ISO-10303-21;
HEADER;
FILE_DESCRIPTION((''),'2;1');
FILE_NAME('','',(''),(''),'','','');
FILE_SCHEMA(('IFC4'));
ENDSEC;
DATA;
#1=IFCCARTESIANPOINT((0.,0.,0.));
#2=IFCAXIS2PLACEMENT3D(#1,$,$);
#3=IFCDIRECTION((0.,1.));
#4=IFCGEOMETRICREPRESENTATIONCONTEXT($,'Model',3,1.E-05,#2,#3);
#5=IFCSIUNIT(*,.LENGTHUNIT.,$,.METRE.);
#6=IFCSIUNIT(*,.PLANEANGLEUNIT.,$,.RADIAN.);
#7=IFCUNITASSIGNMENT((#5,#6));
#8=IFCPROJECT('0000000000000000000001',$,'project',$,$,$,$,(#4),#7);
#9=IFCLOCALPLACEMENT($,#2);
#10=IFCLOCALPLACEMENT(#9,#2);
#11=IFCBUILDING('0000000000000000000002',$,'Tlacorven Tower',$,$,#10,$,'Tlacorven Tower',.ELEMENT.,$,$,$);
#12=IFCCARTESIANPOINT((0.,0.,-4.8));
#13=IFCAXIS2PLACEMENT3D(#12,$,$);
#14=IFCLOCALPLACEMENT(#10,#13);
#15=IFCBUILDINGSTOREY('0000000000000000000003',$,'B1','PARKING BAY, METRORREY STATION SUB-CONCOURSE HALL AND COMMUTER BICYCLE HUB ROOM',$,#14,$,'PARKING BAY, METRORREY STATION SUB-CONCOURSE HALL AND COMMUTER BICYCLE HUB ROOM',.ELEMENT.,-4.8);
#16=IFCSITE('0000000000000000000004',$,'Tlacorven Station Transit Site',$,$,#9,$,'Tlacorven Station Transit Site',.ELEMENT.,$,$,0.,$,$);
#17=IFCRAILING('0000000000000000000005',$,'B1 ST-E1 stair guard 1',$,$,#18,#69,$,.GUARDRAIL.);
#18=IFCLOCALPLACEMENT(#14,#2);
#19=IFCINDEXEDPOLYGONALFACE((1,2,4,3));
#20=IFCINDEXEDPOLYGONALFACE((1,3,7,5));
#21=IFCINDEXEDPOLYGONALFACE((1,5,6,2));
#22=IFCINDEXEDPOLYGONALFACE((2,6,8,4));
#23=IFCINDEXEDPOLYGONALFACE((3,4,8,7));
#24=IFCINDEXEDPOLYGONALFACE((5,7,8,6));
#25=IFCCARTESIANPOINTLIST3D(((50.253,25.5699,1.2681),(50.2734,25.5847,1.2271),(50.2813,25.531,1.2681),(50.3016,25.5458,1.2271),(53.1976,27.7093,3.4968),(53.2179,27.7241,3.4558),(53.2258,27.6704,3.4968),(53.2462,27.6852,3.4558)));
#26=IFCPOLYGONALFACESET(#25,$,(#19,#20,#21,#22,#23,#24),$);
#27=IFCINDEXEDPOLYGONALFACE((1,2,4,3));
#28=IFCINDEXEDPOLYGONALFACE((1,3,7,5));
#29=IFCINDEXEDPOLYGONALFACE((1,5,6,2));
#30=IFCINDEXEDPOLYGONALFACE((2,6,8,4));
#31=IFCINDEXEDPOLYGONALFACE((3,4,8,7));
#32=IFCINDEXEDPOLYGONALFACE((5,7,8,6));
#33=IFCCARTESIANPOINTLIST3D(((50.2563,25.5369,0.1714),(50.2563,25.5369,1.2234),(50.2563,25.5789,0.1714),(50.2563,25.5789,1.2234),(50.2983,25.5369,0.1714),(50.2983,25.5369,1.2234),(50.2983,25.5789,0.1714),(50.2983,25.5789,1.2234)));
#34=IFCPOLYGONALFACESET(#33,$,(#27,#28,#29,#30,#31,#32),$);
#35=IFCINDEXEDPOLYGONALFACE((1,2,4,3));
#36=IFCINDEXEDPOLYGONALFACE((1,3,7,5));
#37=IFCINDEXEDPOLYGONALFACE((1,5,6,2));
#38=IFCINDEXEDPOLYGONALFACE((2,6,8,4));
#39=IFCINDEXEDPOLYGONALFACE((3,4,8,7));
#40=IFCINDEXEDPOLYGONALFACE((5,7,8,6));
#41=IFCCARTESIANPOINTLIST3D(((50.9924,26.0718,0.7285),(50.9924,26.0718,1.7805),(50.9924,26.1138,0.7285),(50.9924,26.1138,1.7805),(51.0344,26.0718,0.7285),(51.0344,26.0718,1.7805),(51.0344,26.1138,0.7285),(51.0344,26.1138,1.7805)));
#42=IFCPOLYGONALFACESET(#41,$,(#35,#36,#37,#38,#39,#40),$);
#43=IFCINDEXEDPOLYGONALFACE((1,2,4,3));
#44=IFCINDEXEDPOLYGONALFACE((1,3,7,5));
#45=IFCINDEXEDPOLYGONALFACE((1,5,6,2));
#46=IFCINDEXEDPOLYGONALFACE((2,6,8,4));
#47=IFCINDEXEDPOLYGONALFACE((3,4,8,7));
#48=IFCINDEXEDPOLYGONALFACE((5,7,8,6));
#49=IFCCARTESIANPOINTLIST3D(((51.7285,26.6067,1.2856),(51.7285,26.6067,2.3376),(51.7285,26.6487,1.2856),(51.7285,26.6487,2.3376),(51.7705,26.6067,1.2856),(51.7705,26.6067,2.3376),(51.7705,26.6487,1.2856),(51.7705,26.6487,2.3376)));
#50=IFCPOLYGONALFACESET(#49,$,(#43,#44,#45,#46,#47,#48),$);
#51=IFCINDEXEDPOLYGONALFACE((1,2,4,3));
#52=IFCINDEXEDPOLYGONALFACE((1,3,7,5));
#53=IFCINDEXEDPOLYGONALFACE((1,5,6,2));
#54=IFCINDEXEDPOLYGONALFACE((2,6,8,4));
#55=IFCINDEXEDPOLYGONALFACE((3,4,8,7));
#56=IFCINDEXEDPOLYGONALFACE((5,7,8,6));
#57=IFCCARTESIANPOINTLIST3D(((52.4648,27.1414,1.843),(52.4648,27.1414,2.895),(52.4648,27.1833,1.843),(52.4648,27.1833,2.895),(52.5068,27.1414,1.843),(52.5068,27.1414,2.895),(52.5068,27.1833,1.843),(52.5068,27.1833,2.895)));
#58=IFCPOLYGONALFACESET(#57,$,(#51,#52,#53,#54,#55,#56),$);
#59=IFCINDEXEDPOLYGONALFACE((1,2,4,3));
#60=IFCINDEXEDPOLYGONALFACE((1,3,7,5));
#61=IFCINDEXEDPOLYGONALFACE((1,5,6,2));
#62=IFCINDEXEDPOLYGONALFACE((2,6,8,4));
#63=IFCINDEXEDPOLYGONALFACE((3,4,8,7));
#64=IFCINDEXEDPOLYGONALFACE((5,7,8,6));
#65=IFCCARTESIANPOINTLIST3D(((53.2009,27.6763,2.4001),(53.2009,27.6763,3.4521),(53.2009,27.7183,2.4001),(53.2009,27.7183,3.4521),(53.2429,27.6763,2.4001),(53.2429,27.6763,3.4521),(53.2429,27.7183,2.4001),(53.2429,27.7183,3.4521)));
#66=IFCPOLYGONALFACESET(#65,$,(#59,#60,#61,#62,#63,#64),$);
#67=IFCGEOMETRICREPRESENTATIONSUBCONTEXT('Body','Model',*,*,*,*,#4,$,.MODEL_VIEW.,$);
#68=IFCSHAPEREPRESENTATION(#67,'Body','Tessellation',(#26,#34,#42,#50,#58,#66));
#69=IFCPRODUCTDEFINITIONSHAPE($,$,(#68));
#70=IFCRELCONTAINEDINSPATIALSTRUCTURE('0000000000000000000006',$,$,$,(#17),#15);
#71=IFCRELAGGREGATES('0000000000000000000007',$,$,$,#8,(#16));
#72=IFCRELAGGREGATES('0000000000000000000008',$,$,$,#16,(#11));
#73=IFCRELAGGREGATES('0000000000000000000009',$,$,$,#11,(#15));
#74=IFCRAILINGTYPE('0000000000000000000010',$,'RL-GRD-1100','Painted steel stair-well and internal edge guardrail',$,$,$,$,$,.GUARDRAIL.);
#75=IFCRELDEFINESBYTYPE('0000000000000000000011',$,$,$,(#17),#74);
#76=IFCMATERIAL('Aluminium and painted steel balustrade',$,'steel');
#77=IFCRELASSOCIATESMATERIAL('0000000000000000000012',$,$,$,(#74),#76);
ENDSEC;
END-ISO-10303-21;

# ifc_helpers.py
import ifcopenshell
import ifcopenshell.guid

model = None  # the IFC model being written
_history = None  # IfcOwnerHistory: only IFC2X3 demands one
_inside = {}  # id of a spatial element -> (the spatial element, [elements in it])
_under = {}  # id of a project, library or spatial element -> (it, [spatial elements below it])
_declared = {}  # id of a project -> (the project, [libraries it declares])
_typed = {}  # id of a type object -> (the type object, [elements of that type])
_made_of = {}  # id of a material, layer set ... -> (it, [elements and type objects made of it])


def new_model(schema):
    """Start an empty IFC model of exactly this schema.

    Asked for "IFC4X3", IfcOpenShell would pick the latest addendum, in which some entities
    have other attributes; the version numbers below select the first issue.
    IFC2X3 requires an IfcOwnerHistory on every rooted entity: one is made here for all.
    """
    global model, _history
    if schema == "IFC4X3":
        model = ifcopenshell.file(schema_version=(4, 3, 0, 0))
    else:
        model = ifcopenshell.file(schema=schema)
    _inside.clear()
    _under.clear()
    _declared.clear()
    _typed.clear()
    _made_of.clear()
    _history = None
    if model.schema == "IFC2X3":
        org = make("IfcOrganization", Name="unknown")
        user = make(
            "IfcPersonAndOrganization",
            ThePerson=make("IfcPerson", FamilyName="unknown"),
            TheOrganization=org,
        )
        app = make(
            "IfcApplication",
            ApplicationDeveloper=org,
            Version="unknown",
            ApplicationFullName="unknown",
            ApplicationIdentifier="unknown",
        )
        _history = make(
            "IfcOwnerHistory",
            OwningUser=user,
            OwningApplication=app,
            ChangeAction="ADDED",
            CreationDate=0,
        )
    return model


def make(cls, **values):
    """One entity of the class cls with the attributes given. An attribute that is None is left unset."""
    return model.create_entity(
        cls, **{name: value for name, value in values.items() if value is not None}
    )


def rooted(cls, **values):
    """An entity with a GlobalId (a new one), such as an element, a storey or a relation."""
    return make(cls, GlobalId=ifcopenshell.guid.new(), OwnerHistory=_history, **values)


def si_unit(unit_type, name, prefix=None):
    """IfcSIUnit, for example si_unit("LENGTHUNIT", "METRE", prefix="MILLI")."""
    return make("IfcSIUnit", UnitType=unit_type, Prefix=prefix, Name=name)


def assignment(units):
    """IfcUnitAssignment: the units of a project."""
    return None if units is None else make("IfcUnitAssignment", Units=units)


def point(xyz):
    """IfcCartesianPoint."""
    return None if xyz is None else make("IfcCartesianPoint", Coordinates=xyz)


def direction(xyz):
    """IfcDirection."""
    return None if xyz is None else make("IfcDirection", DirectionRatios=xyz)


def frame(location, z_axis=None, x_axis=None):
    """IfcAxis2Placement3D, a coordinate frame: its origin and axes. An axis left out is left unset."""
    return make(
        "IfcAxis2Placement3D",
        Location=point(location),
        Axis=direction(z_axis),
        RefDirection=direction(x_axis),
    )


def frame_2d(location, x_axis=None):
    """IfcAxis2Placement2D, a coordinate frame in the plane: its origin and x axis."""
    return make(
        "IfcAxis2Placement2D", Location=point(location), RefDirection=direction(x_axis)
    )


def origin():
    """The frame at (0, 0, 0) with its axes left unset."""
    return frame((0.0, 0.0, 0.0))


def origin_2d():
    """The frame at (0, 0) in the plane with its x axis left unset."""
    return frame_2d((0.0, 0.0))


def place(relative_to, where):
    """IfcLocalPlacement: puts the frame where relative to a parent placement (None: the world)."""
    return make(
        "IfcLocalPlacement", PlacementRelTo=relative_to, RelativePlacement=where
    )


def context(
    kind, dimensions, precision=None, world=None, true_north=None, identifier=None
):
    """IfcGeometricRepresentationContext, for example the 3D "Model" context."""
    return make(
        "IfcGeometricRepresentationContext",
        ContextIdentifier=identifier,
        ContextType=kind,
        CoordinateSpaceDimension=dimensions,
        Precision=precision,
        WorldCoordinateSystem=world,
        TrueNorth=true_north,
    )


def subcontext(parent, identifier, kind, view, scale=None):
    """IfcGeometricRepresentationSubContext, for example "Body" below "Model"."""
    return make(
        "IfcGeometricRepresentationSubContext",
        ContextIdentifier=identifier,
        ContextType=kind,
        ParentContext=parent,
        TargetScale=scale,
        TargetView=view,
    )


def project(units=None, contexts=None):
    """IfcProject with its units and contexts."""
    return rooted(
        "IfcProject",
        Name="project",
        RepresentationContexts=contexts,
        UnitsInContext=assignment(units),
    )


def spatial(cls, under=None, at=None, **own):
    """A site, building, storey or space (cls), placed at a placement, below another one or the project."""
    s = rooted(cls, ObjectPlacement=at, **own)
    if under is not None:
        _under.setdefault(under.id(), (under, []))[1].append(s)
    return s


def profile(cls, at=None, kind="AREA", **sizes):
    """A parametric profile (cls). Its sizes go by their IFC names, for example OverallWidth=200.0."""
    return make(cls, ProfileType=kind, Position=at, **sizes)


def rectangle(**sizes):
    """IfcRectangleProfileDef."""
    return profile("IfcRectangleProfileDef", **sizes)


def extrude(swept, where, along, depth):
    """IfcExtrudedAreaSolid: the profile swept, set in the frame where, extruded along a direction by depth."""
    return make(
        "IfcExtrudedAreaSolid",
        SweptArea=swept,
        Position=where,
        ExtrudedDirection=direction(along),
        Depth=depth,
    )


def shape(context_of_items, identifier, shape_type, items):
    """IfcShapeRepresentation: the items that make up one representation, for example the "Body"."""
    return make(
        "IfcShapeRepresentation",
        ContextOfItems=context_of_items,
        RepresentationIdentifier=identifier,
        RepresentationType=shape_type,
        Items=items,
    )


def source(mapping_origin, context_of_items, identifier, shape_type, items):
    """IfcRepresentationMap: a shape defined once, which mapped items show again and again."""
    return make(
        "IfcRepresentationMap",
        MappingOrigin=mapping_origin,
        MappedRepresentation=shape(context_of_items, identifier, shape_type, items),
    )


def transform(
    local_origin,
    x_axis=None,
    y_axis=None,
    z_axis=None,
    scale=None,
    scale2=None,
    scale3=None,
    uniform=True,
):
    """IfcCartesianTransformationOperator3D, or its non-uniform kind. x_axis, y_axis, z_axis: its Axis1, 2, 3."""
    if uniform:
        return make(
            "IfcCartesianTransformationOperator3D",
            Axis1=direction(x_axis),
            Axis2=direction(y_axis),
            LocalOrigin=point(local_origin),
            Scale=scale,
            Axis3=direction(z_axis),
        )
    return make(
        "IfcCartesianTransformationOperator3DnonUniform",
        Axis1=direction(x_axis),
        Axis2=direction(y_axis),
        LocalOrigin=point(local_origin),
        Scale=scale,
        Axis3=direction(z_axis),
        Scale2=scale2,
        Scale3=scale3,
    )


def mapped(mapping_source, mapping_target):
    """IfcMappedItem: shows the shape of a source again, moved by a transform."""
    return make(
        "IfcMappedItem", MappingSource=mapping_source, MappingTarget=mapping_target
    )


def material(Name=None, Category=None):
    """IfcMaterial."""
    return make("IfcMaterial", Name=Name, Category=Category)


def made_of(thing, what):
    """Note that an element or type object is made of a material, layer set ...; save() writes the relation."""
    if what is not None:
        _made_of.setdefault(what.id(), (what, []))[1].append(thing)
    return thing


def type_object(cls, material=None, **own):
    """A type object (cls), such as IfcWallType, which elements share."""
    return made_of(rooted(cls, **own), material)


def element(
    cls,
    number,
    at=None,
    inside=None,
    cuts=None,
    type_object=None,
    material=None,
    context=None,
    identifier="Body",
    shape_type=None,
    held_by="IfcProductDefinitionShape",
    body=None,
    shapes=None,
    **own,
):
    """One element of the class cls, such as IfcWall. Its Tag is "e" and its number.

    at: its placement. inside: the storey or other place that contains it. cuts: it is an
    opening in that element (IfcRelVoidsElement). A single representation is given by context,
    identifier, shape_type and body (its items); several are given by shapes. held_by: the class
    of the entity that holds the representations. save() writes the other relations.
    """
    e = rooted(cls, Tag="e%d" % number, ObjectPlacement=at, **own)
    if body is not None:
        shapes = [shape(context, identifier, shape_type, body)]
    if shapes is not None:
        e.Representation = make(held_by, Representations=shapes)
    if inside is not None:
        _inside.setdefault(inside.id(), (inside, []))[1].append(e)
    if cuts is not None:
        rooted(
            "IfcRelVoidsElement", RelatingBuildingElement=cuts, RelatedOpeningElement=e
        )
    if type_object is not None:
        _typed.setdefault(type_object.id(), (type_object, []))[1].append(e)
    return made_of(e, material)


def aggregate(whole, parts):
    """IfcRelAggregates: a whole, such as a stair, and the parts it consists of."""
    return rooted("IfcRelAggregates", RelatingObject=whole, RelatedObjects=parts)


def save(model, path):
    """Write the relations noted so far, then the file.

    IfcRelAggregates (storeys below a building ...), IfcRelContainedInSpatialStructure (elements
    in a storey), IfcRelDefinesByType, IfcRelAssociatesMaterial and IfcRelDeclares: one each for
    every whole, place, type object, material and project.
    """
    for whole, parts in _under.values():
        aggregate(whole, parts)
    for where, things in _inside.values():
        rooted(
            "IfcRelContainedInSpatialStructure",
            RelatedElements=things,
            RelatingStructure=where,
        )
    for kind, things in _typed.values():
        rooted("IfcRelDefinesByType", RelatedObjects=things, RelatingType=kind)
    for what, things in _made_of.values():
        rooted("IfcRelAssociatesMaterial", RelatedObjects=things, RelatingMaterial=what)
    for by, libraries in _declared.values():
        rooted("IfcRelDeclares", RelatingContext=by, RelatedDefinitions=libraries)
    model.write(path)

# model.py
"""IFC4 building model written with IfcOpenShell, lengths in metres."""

from ifc_helpers import new_model, si_unit, direction, frame, origin, origin_2d, place, context, subcontext, project, spatial, rectangle, extrude, source, transform, mapped, material, type_object, element, save


model = new_model("IFC4")

# Units and contexts
model_context = context("Model", 3, precision=1e-05, world=origin(), true_north=direction((0.0, 1.0)))
body_context = subcontext(model_context, "Body", "Model", "MODEL_VIEW")
ifc_project = project(units=[si_unit("LENGTHUNIT", "METRE"), si_unit("PLANEANGLEUNIT", "RADIAN")], contexts=[model_context])

# Site, building, storey
site_placement = place(None, origin())
site = spatial("IfcSite", under=ifc_project, at=site_placement, Name="Tlacorven Station Transit Site", LongName="Tlacorven Station Transit Site", CompositionType="ELEMENT", RefElevation=0.0)
building_placement = place(site_placement, origin())
building = spatial("IfcBuilding", under=site, at=building_placement, Name="Tlacorven Tower", LongName="Tlacorven Tower", CompositionType="ELEMENT")
storey_placement = place(building_placement, frame((0.0, 0.0, -4.8)))
storey = spatial("IfcBuildingStorey", under=building, at=storey_placement, Name="B1", Description="PARKING BAY, METRORREY STATION SUB-CONCOURSE HALL AND COMMUTER BICYCLE HUB ROOM", LongName="PARKING BAY, METRORREY STATION SUB-CONCOURSE HALL AND COMMUTER BICYCLE HUB ROOM", CompositionType="ELEMENT", Elevation=-4.8)

# Railing
ifc_material_1 = material(Name="Aluminium and painted steel balustrade", Category="steel")
railing_type_1 = type_object("IfcRailingType", Name="RL-GRD-1100", Description="Painted steel stair-well and internal edge guardrail", PredefinedType="GUARDRAIL", material=ifc_material_1)
shared_shape_1 = source(origin(), body_context, "Body", "SweptSolid", [
    extrude(rectangle(XDim=0.0481, YDim=0.0481, at=origin_2d()), frame((0.0, 0.0, 1.0762), z_axis=(0.689936, 0.501278, 0.522215), x_axis=(-0.587793, 0.809012, 0.0)), (0.0, 0.0, 1.0), 4.2678),
    extrude(rectangle(XDim=0.042, YDim=0.042, at=origin_2d()), origin(), (0.0, 0.0, 1.0), 1.052),
    extrude(rectangle(XDim=0.042, YDim=0.042, at=origin_2d()), frame((0.7361, 0.5349, 0.5571)), (0.0, 0.0, 1.0), 1.052),
    extrude(rectangle(XDim=0.042, YDim=0.042, at=origin_2d()), frame((1.4722, 1.0698, 1.1143)), (0.0, 0.0, 1.0), 1.052),
    extrude(rectangle(XDim=0.042, YDim=0.042, at=origin_2d()), frame((2.2085, 1.6045, 1.6716)), (0.0, 0.0, 1.0), 1.052),
    extrude(rectangle(XDim=0.042, YDim=0.042, at=origin_2d()), frame((2.9446, 2.1394, 2.2288)), (0.0, 0.0, 1.0), 1.052),
])
railing_1_placement = place(storey_placement, frame((50.2773, 25.5579, 0.1714)))
element("IfcRailing", 1, at=railing_1_placement, inside=storey, type_object=railing_type_1, Name="B1 ST-E1 stair guard 1", PredefinedType="GUARDRAIL", context=body_context, shape_type="MappedRepresentation", body=[
    mapped(shared_shape_1, transform((0.0, 0.0, 0.0), scale=1.0)),
])

save(model, "model.ifc")
